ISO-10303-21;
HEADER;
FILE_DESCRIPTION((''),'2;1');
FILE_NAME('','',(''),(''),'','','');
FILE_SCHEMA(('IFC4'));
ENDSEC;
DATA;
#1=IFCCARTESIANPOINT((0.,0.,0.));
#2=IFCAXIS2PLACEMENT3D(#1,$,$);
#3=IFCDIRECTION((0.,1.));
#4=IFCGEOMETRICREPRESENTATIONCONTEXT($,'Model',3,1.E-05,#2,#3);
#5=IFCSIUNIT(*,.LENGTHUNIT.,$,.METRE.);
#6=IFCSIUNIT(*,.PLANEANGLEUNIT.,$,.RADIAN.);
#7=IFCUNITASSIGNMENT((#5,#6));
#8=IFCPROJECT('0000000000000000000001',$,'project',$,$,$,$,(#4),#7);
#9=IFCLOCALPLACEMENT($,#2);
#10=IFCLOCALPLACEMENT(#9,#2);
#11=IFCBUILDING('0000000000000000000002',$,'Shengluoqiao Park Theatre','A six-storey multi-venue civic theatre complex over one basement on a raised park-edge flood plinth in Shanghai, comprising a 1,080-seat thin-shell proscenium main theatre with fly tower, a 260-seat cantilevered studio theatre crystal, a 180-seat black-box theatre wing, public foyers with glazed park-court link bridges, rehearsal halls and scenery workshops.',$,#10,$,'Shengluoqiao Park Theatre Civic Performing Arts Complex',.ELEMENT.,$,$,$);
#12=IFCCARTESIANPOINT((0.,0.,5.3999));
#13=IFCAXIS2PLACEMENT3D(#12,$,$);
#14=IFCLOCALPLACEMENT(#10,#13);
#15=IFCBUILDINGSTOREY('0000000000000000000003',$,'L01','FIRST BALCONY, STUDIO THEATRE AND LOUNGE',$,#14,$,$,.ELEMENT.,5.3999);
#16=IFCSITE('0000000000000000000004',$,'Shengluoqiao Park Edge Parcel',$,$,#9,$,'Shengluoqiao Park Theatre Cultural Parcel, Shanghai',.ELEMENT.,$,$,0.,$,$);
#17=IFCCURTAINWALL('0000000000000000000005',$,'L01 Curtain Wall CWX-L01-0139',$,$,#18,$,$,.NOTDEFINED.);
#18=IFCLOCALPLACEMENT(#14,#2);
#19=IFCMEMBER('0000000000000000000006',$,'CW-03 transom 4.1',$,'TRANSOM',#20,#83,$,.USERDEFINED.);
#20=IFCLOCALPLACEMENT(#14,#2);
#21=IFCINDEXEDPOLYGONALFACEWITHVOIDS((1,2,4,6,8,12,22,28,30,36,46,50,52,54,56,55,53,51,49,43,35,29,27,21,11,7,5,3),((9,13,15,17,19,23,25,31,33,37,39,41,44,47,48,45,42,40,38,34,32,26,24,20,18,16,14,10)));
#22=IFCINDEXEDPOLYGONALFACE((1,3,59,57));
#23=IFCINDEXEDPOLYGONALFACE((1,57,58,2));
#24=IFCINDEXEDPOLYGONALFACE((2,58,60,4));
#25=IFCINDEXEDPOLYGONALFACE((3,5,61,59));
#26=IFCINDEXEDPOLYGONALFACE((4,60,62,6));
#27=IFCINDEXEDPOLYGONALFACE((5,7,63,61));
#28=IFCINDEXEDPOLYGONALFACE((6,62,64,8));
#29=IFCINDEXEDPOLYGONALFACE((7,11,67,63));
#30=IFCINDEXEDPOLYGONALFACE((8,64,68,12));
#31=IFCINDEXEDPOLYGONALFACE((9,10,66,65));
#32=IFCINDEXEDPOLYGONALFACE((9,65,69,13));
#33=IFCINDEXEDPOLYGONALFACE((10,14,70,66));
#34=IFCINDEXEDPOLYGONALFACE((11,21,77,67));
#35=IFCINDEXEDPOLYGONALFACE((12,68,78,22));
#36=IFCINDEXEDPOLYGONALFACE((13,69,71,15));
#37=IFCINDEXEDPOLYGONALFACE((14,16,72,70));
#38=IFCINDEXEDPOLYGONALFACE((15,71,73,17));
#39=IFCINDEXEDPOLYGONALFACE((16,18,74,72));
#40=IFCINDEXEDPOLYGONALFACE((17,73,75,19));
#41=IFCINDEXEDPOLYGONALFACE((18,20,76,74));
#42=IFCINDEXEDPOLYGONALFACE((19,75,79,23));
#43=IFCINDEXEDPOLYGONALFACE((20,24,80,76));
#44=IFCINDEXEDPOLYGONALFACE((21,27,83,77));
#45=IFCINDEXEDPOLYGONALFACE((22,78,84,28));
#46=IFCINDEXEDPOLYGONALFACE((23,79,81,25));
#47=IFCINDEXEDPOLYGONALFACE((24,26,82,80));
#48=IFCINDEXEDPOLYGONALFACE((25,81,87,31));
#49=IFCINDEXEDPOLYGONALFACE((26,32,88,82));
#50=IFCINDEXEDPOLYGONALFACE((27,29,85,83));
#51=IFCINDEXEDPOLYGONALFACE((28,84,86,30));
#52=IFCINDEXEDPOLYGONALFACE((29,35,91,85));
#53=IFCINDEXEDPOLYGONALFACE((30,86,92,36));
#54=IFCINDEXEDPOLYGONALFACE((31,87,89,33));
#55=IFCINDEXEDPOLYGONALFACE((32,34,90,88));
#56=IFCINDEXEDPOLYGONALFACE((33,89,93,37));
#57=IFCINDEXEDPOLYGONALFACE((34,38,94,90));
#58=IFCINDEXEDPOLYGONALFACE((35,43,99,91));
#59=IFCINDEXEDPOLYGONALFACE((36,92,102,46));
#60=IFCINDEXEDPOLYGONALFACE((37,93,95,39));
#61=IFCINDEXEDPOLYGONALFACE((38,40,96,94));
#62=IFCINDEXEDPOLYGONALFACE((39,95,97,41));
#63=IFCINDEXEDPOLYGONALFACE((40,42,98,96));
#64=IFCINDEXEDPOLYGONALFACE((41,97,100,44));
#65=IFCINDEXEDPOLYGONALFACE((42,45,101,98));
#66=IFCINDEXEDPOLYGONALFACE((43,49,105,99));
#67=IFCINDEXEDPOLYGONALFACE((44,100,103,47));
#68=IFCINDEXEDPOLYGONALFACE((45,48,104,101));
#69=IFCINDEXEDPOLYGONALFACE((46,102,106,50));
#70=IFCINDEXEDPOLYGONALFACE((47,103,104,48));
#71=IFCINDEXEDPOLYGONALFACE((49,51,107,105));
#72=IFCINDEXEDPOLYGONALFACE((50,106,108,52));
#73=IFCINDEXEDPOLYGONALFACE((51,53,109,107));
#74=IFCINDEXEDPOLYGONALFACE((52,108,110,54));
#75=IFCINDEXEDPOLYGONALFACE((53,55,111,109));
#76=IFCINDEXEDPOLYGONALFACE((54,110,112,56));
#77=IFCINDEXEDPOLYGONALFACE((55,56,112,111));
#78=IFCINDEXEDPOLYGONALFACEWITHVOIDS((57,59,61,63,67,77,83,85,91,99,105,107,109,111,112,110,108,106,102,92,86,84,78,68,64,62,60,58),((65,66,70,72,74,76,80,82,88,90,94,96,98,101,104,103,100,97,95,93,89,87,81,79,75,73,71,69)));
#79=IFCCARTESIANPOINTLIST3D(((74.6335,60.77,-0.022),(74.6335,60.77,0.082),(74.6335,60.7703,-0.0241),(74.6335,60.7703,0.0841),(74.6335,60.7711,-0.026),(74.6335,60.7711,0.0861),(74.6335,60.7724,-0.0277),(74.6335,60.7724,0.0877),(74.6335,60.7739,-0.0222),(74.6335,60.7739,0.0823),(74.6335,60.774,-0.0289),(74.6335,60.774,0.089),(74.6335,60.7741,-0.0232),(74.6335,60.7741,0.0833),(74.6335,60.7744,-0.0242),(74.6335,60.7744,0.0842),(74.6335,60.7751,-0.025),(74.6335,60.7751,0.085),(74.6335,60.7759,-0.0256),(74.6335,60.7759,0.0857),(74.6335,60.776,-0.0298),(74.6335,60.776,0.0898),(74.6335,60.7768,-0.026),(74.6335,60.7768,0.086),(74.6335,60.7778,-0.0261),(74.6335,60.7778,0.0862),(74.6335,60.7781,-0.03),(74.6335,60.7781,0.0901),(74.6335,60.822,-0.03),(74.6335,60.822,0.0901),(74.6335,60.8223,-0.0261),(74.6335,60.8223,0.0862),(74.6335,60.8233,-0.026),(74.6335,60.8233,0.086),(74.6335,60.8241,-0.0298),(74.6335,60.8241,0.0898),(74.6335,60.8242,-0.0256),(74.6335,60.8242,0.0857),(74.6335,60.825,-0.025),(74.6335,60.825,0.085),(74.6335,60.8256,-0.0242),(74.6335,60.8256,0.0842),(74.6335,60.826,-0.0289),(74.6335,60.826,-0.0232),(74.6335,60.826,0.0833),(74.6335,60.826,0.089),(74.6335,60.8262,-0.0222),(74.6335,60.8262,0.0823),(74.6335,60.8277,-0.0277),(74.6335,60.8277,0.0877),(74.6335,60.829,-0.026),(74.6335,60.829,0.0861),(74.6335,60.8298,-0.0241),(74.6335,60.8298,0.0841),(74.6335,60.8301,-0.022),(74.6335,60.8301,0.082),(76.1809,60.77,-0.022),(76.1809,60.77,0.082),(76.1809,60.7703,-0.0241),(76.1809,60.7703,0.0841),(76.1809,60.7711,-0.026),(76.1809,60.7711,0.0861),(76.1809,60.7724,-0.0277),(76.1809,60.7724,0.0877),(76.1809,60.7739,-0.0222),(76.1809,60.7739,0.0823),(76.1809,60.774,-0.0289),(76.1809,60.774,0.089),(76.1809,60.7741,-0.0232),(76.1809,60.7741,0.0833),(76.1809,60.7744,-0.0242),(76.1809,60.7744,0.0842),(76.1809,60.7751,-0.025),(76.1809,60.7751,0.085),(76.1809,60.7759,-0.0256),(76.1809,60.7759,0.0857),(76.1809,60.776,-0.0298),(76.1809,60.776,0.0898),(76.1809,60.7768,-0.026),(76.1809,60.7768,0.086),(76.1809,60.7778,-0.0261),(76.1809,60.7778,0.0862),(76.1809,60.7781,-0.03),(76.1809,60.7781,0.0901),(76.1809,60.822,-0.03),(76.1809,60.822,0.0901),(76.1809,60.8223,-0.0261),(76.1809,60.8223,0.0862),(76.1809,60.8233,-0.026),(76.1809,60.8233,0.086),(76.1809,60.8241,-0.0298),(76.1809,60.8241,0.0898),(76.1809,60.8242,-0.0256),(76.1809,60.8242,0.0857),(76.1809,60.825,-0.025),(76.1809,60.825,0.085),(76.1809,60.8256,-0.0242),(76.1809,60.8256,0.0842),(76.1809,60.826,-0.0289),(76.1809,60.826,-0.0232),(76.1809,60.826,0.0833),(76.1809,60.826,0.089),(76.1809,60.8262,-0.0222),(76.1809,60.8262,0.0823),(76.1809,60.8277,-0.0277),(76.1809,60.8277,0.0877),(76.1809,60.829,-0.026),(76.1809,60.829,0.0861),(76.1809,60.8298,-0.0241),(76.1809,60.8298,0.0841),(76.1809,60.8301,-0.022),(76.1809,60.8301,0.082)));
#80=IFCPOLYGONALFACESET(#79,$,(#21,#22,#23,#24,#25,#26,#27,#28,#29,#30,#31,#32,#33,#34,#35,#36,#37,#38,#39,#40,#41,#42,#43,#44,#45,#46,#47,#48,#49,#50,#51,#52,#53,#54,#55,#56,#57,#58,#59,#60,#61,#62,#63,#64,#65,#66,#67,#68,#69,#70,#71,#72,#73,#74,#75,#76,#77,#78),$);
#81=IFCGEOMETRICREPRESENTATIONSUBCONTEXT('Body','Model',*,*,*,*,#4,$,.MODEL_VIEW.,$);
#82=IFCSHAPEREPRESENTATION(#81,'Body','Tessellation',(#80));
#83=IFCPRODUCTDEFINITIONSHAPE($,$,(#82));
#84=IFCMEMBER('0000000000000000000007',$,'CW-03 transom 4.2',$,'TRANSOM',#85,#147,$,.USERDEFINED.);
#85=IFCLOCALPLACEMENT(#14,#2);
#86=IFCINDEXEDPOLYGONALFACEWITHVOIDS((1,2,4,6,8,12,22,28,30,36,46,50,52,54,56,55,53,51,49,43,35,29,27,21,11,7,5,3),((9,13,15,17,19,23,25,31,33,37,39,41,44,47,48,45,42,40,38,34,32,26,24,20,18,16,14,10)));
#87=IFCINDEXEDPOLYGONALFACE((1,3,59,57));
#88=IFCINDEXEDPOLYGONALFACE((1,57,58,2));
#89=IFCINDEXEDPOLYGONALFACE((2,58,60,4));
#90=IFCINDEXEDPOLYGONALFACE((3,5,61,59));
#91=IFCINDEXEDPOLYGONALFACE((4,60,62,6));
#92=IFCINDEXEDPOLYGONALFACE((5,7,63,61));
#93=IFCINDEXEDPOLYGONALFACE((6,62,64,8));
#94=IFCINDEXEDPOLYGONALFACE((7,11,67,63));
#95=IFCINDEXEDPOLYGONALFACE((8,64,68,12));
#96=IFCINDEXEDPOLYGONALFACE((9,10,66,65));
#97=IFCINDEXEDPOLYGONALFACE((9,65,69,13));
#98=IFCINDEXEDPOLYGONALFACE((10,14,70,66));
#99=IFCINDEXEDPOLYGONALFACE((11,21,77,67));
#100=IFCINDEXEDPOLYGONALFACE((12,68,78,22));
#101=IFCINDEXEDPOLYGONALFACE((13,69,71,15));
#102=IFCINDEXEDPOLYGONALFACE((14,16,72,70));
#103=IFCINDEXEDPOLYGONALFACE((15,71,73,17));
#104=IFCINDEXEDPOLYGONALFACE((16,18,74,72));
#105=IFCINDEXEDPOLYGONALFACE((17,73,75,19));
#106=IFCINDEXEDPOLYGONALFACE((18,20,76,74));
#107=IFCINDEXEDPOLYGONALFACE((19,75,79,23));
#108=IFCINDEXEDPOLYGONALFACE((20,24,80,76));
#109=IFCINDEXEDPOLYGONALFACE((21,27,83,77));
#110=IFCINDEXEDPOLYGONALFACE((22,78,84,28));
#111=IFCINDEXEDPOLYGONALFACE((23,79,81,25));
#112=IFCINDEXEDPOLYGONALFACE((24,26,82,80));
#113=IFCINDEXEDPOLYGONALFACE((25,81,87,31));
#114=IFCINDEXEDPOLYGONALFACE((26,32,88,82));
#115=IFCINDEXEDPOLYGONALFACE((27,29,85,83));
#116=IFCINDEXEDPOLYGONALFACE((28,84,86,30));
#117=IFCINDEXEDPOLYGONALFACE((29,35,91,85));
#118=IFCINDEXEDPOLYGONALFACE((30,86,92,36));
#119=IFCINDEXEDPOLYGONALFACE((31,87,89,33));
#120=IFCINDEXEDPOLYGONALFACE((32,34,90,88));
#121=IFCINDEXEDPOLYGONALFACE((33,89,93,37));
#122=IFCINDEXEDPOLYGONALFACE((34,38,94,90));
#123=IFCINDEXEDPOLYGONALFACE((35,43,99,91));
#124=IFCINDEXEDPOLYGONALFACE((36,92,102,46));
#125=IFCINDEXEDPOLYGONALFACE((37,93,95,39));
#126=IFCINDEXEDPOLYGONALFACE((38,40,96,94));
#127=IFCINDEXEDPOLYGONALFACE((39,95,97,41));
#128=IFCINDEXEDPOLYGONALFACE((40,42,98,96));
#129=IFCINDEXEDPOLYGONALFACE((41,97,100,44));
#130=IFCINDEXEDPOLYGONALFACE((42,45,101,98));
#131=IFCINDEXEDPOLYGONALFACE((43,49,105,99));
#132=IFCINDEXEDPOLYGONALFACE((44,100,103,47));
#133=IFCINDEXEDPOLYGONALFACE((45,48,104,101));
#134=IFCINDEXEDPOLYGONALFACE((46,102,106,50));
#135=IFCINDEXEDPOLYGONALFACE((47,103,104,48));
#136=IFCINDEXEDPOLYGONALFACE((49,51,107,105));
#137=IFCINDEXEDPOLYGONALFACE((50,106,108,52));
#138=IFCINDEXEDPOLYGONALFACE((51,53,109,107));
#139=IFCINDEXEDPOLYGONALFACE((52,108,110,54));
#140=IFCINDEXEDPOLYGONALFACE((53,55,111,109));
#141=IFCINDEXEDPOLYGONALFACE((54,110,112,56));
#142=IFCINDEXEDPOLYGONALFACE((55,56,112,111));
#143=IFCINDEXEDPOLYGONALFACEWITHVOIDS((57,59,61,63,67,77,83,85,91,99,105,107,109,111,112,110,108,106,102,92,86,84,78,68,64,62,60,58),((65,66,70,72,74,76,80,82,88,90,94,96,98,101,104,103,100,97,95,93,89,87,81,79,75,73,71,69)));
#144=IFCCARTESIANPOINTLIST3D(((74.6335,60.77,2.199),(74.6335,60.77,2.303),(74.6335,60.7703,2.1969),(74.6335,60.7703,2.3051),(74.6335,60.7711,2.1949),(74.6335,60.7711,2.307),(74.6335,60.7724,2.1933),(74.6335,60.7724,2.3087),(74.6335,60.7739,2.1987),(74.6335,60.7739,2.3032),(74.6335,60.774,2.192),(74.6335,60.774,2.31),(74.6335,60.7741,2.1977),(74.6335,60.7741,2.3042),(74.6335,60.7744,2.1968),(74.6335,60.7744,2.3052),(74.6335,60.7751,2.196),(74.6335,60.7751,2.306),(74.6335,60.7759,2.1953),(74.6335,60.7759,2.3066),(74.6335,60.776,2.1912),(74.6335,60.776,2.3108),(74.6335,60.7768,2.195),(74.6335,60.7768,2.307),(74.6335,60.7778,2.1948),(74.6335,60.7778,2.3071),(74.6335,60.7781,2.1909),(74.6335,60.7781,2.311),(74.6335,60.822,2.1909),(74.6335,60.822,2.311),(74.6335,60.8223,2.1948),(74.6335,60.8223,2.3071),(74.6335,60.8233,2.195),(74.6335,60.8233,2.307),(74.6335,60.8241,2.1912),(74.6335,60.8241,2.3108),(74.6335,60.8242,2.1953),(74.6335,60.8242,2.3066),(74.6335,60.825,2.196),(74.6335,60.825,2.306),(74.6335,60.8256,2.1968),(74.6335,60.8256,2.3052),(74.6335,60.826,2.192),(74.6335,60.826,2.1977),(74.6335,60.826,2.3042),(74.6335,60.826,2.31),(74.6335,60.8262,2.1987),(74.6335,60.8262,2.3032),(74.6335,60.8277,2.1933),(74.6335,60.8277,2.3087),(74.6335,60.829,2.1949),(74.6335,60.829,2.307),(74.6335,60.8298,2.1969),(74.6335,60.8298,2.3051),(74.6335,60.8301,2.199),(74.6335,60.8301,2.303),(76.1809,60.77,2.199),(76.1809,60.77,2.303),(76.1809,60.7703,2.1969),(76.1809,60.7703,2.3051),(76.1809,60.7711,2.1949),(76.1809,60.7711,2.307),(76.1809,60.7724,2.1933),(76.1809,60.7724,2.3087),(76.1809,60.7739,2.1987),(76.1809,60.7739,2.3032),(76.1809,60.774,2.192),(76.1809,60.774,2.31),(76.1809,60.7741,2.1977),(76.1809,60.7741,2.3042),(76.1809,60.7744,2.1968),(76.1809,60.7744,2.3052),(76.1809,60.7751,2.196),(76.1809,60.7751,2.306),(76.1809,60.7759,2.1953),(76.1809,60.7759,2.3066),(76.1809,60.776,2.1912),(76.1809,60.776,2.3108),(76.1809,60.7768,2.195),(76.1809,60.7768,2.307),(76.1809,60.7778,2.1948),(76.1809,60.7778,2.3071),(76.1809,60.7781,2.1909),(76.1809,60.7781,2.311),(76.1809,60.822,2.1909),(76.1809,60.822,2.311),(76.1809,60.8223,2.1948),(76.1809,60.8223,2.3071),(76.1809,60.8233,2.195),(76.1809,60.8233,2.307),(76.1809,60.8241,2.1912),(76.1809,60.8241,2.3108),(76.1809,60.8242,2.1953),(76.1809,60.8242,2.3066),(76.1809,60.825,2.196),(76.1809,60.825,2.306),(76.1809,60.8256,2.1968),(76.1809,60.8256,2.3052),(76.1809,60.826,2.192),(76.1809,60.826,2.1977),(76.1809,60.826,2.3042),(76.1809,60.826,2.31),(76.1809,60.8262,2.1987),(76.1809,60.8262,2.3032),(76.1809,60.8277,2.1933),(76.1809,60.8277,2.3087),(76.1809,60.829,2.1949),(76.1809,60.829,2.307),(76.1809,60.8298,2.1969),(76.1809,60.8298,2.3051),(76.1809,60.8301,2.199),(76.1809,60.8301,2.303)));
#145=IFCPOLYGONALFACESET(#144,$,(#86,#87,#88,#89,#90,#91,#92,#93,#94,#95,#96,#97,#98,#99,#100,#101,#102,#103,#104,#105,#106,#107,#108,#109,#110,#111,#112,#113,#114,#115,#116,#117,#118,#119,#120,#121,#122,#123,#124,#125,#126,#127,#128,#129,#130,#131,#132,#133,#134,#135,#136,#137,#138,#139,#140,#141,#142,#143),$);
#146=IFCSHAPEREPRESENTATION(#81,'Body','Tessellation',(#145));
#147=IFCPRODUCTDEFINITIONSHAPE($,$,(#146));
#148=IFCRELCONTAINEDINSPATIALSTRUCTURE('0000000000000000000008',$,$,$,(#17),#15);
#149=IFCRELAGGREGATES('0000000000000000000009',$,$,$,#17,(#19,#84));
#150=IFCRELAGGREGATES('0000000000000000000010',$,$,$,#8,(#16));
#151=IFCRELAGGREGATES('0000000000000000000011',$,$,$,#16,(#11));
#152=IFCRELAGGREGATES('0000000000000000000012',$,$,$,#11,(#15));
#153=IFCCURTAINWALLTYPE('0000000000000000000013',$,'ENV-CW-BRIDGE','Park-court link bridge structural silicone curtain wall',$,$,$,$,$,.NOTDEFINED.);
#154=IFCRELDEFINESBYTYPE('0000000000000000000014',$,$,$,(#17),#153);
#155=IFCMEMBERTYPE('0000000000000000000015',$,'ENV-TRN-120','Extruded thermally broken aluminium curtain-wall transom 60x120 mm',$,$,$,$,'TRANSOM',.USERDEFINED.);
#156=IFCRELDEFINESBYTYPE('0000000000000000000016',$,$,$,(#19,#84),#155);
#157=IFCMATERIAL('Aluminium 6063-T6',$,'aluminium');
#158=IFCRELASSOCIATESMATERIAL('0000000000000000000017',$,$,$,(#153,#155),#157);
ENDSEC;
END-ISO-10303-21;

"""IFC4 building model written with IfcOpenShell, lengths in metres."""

from ifc_helpers import new_model, si_unit, direction, frame, origin, origin_2d, place, context, subcontext, project, spatial, hollow_rectangle, extrude, material, material_profile, profile_set, type_object, element, aggregate, save


model = new_model("IFC4")

# Units and contexts
model_context = context("Model", 3, precision=1e-05, world=origin(), true_north=direction((0.0, 1.0)))
body_context = subcontext(model_context, "Body", "Model", "MODEL_VIEW")
ifc_project = project(units=[si_unit("LENGTHUNIT", "METRE"), si_unit("PLANEANGLEUNIT", "RADIAN")], contexts=[model_context])

# Site, building, storey
site_placement = place(None, origin())
site = spatial("IfcSite", under=ifc_project, at=site_placement, Name="Shengluoqiao Park Edge Parcel", LongName="Shengluoqiao Park Theatre Cultural Parcel, Shanghai", CompositionType="ELEMENT", RefElevation=0.0)
building_placement = place(site_placement, origin())
building = spatial("IfcBuilding", under=site, at=building_placement, Name="Shengluoqiao Park Theatre", Description="A six-storey multi-venue civic theatre complex over one basement on a raised park-edge flood plinth in Shanghai, comprising a 1,080-seat thin-shell proscenium main theatre with fly tower, a 260-seat cantilevered studio theatre crystal, a 180-seat black-box theatre wing, public foyers with glazed park-court link bridges, rehearsal halls and scenery workshops.", LongName="Shengluoqiao Park Theatre Civic Performing Arts Complex", CompositionType="ELEMENT")
storey_placement = place(building_placement, frame((0.0, 0.0, 5.3999)))
storey = spatial("IfcBuildingStorey", under=building, at=storey_placement, Name="L01", Description="FIRST BALCONY, STUDIO THEATRE AND LOUNGE", CompositionType="ELEMENT", Elevation=5.3999)

# Curtain wall
ifc_material_1 = material(Name="Aluminium 6063-T6", Category="aluminium")
curtain_wall_type_1 = type_object("IfcCurtainWallType", Name="ENV-CW-BRIDGE", Description="Park-court link bridge structural silicone curtain wall", PredefinedType="NOTDEFINED", material=ifc_material_1)
curtain_wall_1_placement = place(storey_placement, origin())
curtain_wall_1 = element("IfcCurtainWall", 1, at=curtain_wall_1_placement, inside=storey, type_object=curtain_wall_type_1, Name="L01 Curtain Wall CWX-L01-0139", PredefinedType="NOTDEFINED")

# Members
ifc_material_profile_1 = material_profile(ifc_material_1, hollow_rectangle(XDim=0.0601, YDim=0.1201, WallThickness=0.0039, InnerFilletRadius=0.0039, OuterFilletRadius=0.0081, at=origin_2d()), Name="ALU TRANSOM 120x60x4")
ifc_profile_set_1 = profile_set([ifc_material_profile_1], Name="Aluminium 6063-T6")
member_type_1 = type_object("IfcMemberType", Name="ENV-TRN-120", Description="Extruded thermally broken aluminium curtain-wall transom 60x120 mm", ElementType="TRANSOM", PredefinedType="USERDEFINED", material=ifc_profile_set_1)
member_1_placement = place(storey_placement, frame((74.6335, 60.8, 0.03), z_axis=(1.0, 0.0, 0.0), x_axis=(0.0, 1.0, 0.0)))
member_1 = element("IfcMember", 2, at=member_1_placement, type_object=member_type_1, Name="CW-03 transom 4.1", ObjectType="TRANSOM", PredefinedType="USERDEFINED", context=body_context, shape_type="SweptSolid", body=[
    extrude(hollow_rectangle(XDim=0.0601, YDim=0.1201, WallThickness=0.0039, InnerFilletRadius=0.0039, OuterFilletRadius=0.0081, at=origin_2d()), origin(), (0.0, 0.0, 1.0), 1.5474),
])
member_2_placement = place(storey_placement, frame((74.6335, 60.8, 2.251), z_axis=(1.0, 0.0, 0.0), x_axis=(0.0, 1.0, 0.0)))
member_2 = element("IfcMember", 3, at=member_2_placement, type_object=member_type_1, Name="CW-03 transom 4.2", ObjectType="TRANSOM", PredefinedType="USERDEFINED", context=body_context, shape_type="SweptSolid", body=[
    extrude(hollow_rectangle(XDim=0.0601, YDim=0.1201, WallThickness=0.0039, InnerFilletRadius=0.0039, OuterFilletRadius=0.0081, at=origin_2d()), origin(), (0.0, 0.0, 1.0), 1.5474),
])

aggregate(curtain_wall_1, [member_1, member_2])

save(model, "model.ifc")
